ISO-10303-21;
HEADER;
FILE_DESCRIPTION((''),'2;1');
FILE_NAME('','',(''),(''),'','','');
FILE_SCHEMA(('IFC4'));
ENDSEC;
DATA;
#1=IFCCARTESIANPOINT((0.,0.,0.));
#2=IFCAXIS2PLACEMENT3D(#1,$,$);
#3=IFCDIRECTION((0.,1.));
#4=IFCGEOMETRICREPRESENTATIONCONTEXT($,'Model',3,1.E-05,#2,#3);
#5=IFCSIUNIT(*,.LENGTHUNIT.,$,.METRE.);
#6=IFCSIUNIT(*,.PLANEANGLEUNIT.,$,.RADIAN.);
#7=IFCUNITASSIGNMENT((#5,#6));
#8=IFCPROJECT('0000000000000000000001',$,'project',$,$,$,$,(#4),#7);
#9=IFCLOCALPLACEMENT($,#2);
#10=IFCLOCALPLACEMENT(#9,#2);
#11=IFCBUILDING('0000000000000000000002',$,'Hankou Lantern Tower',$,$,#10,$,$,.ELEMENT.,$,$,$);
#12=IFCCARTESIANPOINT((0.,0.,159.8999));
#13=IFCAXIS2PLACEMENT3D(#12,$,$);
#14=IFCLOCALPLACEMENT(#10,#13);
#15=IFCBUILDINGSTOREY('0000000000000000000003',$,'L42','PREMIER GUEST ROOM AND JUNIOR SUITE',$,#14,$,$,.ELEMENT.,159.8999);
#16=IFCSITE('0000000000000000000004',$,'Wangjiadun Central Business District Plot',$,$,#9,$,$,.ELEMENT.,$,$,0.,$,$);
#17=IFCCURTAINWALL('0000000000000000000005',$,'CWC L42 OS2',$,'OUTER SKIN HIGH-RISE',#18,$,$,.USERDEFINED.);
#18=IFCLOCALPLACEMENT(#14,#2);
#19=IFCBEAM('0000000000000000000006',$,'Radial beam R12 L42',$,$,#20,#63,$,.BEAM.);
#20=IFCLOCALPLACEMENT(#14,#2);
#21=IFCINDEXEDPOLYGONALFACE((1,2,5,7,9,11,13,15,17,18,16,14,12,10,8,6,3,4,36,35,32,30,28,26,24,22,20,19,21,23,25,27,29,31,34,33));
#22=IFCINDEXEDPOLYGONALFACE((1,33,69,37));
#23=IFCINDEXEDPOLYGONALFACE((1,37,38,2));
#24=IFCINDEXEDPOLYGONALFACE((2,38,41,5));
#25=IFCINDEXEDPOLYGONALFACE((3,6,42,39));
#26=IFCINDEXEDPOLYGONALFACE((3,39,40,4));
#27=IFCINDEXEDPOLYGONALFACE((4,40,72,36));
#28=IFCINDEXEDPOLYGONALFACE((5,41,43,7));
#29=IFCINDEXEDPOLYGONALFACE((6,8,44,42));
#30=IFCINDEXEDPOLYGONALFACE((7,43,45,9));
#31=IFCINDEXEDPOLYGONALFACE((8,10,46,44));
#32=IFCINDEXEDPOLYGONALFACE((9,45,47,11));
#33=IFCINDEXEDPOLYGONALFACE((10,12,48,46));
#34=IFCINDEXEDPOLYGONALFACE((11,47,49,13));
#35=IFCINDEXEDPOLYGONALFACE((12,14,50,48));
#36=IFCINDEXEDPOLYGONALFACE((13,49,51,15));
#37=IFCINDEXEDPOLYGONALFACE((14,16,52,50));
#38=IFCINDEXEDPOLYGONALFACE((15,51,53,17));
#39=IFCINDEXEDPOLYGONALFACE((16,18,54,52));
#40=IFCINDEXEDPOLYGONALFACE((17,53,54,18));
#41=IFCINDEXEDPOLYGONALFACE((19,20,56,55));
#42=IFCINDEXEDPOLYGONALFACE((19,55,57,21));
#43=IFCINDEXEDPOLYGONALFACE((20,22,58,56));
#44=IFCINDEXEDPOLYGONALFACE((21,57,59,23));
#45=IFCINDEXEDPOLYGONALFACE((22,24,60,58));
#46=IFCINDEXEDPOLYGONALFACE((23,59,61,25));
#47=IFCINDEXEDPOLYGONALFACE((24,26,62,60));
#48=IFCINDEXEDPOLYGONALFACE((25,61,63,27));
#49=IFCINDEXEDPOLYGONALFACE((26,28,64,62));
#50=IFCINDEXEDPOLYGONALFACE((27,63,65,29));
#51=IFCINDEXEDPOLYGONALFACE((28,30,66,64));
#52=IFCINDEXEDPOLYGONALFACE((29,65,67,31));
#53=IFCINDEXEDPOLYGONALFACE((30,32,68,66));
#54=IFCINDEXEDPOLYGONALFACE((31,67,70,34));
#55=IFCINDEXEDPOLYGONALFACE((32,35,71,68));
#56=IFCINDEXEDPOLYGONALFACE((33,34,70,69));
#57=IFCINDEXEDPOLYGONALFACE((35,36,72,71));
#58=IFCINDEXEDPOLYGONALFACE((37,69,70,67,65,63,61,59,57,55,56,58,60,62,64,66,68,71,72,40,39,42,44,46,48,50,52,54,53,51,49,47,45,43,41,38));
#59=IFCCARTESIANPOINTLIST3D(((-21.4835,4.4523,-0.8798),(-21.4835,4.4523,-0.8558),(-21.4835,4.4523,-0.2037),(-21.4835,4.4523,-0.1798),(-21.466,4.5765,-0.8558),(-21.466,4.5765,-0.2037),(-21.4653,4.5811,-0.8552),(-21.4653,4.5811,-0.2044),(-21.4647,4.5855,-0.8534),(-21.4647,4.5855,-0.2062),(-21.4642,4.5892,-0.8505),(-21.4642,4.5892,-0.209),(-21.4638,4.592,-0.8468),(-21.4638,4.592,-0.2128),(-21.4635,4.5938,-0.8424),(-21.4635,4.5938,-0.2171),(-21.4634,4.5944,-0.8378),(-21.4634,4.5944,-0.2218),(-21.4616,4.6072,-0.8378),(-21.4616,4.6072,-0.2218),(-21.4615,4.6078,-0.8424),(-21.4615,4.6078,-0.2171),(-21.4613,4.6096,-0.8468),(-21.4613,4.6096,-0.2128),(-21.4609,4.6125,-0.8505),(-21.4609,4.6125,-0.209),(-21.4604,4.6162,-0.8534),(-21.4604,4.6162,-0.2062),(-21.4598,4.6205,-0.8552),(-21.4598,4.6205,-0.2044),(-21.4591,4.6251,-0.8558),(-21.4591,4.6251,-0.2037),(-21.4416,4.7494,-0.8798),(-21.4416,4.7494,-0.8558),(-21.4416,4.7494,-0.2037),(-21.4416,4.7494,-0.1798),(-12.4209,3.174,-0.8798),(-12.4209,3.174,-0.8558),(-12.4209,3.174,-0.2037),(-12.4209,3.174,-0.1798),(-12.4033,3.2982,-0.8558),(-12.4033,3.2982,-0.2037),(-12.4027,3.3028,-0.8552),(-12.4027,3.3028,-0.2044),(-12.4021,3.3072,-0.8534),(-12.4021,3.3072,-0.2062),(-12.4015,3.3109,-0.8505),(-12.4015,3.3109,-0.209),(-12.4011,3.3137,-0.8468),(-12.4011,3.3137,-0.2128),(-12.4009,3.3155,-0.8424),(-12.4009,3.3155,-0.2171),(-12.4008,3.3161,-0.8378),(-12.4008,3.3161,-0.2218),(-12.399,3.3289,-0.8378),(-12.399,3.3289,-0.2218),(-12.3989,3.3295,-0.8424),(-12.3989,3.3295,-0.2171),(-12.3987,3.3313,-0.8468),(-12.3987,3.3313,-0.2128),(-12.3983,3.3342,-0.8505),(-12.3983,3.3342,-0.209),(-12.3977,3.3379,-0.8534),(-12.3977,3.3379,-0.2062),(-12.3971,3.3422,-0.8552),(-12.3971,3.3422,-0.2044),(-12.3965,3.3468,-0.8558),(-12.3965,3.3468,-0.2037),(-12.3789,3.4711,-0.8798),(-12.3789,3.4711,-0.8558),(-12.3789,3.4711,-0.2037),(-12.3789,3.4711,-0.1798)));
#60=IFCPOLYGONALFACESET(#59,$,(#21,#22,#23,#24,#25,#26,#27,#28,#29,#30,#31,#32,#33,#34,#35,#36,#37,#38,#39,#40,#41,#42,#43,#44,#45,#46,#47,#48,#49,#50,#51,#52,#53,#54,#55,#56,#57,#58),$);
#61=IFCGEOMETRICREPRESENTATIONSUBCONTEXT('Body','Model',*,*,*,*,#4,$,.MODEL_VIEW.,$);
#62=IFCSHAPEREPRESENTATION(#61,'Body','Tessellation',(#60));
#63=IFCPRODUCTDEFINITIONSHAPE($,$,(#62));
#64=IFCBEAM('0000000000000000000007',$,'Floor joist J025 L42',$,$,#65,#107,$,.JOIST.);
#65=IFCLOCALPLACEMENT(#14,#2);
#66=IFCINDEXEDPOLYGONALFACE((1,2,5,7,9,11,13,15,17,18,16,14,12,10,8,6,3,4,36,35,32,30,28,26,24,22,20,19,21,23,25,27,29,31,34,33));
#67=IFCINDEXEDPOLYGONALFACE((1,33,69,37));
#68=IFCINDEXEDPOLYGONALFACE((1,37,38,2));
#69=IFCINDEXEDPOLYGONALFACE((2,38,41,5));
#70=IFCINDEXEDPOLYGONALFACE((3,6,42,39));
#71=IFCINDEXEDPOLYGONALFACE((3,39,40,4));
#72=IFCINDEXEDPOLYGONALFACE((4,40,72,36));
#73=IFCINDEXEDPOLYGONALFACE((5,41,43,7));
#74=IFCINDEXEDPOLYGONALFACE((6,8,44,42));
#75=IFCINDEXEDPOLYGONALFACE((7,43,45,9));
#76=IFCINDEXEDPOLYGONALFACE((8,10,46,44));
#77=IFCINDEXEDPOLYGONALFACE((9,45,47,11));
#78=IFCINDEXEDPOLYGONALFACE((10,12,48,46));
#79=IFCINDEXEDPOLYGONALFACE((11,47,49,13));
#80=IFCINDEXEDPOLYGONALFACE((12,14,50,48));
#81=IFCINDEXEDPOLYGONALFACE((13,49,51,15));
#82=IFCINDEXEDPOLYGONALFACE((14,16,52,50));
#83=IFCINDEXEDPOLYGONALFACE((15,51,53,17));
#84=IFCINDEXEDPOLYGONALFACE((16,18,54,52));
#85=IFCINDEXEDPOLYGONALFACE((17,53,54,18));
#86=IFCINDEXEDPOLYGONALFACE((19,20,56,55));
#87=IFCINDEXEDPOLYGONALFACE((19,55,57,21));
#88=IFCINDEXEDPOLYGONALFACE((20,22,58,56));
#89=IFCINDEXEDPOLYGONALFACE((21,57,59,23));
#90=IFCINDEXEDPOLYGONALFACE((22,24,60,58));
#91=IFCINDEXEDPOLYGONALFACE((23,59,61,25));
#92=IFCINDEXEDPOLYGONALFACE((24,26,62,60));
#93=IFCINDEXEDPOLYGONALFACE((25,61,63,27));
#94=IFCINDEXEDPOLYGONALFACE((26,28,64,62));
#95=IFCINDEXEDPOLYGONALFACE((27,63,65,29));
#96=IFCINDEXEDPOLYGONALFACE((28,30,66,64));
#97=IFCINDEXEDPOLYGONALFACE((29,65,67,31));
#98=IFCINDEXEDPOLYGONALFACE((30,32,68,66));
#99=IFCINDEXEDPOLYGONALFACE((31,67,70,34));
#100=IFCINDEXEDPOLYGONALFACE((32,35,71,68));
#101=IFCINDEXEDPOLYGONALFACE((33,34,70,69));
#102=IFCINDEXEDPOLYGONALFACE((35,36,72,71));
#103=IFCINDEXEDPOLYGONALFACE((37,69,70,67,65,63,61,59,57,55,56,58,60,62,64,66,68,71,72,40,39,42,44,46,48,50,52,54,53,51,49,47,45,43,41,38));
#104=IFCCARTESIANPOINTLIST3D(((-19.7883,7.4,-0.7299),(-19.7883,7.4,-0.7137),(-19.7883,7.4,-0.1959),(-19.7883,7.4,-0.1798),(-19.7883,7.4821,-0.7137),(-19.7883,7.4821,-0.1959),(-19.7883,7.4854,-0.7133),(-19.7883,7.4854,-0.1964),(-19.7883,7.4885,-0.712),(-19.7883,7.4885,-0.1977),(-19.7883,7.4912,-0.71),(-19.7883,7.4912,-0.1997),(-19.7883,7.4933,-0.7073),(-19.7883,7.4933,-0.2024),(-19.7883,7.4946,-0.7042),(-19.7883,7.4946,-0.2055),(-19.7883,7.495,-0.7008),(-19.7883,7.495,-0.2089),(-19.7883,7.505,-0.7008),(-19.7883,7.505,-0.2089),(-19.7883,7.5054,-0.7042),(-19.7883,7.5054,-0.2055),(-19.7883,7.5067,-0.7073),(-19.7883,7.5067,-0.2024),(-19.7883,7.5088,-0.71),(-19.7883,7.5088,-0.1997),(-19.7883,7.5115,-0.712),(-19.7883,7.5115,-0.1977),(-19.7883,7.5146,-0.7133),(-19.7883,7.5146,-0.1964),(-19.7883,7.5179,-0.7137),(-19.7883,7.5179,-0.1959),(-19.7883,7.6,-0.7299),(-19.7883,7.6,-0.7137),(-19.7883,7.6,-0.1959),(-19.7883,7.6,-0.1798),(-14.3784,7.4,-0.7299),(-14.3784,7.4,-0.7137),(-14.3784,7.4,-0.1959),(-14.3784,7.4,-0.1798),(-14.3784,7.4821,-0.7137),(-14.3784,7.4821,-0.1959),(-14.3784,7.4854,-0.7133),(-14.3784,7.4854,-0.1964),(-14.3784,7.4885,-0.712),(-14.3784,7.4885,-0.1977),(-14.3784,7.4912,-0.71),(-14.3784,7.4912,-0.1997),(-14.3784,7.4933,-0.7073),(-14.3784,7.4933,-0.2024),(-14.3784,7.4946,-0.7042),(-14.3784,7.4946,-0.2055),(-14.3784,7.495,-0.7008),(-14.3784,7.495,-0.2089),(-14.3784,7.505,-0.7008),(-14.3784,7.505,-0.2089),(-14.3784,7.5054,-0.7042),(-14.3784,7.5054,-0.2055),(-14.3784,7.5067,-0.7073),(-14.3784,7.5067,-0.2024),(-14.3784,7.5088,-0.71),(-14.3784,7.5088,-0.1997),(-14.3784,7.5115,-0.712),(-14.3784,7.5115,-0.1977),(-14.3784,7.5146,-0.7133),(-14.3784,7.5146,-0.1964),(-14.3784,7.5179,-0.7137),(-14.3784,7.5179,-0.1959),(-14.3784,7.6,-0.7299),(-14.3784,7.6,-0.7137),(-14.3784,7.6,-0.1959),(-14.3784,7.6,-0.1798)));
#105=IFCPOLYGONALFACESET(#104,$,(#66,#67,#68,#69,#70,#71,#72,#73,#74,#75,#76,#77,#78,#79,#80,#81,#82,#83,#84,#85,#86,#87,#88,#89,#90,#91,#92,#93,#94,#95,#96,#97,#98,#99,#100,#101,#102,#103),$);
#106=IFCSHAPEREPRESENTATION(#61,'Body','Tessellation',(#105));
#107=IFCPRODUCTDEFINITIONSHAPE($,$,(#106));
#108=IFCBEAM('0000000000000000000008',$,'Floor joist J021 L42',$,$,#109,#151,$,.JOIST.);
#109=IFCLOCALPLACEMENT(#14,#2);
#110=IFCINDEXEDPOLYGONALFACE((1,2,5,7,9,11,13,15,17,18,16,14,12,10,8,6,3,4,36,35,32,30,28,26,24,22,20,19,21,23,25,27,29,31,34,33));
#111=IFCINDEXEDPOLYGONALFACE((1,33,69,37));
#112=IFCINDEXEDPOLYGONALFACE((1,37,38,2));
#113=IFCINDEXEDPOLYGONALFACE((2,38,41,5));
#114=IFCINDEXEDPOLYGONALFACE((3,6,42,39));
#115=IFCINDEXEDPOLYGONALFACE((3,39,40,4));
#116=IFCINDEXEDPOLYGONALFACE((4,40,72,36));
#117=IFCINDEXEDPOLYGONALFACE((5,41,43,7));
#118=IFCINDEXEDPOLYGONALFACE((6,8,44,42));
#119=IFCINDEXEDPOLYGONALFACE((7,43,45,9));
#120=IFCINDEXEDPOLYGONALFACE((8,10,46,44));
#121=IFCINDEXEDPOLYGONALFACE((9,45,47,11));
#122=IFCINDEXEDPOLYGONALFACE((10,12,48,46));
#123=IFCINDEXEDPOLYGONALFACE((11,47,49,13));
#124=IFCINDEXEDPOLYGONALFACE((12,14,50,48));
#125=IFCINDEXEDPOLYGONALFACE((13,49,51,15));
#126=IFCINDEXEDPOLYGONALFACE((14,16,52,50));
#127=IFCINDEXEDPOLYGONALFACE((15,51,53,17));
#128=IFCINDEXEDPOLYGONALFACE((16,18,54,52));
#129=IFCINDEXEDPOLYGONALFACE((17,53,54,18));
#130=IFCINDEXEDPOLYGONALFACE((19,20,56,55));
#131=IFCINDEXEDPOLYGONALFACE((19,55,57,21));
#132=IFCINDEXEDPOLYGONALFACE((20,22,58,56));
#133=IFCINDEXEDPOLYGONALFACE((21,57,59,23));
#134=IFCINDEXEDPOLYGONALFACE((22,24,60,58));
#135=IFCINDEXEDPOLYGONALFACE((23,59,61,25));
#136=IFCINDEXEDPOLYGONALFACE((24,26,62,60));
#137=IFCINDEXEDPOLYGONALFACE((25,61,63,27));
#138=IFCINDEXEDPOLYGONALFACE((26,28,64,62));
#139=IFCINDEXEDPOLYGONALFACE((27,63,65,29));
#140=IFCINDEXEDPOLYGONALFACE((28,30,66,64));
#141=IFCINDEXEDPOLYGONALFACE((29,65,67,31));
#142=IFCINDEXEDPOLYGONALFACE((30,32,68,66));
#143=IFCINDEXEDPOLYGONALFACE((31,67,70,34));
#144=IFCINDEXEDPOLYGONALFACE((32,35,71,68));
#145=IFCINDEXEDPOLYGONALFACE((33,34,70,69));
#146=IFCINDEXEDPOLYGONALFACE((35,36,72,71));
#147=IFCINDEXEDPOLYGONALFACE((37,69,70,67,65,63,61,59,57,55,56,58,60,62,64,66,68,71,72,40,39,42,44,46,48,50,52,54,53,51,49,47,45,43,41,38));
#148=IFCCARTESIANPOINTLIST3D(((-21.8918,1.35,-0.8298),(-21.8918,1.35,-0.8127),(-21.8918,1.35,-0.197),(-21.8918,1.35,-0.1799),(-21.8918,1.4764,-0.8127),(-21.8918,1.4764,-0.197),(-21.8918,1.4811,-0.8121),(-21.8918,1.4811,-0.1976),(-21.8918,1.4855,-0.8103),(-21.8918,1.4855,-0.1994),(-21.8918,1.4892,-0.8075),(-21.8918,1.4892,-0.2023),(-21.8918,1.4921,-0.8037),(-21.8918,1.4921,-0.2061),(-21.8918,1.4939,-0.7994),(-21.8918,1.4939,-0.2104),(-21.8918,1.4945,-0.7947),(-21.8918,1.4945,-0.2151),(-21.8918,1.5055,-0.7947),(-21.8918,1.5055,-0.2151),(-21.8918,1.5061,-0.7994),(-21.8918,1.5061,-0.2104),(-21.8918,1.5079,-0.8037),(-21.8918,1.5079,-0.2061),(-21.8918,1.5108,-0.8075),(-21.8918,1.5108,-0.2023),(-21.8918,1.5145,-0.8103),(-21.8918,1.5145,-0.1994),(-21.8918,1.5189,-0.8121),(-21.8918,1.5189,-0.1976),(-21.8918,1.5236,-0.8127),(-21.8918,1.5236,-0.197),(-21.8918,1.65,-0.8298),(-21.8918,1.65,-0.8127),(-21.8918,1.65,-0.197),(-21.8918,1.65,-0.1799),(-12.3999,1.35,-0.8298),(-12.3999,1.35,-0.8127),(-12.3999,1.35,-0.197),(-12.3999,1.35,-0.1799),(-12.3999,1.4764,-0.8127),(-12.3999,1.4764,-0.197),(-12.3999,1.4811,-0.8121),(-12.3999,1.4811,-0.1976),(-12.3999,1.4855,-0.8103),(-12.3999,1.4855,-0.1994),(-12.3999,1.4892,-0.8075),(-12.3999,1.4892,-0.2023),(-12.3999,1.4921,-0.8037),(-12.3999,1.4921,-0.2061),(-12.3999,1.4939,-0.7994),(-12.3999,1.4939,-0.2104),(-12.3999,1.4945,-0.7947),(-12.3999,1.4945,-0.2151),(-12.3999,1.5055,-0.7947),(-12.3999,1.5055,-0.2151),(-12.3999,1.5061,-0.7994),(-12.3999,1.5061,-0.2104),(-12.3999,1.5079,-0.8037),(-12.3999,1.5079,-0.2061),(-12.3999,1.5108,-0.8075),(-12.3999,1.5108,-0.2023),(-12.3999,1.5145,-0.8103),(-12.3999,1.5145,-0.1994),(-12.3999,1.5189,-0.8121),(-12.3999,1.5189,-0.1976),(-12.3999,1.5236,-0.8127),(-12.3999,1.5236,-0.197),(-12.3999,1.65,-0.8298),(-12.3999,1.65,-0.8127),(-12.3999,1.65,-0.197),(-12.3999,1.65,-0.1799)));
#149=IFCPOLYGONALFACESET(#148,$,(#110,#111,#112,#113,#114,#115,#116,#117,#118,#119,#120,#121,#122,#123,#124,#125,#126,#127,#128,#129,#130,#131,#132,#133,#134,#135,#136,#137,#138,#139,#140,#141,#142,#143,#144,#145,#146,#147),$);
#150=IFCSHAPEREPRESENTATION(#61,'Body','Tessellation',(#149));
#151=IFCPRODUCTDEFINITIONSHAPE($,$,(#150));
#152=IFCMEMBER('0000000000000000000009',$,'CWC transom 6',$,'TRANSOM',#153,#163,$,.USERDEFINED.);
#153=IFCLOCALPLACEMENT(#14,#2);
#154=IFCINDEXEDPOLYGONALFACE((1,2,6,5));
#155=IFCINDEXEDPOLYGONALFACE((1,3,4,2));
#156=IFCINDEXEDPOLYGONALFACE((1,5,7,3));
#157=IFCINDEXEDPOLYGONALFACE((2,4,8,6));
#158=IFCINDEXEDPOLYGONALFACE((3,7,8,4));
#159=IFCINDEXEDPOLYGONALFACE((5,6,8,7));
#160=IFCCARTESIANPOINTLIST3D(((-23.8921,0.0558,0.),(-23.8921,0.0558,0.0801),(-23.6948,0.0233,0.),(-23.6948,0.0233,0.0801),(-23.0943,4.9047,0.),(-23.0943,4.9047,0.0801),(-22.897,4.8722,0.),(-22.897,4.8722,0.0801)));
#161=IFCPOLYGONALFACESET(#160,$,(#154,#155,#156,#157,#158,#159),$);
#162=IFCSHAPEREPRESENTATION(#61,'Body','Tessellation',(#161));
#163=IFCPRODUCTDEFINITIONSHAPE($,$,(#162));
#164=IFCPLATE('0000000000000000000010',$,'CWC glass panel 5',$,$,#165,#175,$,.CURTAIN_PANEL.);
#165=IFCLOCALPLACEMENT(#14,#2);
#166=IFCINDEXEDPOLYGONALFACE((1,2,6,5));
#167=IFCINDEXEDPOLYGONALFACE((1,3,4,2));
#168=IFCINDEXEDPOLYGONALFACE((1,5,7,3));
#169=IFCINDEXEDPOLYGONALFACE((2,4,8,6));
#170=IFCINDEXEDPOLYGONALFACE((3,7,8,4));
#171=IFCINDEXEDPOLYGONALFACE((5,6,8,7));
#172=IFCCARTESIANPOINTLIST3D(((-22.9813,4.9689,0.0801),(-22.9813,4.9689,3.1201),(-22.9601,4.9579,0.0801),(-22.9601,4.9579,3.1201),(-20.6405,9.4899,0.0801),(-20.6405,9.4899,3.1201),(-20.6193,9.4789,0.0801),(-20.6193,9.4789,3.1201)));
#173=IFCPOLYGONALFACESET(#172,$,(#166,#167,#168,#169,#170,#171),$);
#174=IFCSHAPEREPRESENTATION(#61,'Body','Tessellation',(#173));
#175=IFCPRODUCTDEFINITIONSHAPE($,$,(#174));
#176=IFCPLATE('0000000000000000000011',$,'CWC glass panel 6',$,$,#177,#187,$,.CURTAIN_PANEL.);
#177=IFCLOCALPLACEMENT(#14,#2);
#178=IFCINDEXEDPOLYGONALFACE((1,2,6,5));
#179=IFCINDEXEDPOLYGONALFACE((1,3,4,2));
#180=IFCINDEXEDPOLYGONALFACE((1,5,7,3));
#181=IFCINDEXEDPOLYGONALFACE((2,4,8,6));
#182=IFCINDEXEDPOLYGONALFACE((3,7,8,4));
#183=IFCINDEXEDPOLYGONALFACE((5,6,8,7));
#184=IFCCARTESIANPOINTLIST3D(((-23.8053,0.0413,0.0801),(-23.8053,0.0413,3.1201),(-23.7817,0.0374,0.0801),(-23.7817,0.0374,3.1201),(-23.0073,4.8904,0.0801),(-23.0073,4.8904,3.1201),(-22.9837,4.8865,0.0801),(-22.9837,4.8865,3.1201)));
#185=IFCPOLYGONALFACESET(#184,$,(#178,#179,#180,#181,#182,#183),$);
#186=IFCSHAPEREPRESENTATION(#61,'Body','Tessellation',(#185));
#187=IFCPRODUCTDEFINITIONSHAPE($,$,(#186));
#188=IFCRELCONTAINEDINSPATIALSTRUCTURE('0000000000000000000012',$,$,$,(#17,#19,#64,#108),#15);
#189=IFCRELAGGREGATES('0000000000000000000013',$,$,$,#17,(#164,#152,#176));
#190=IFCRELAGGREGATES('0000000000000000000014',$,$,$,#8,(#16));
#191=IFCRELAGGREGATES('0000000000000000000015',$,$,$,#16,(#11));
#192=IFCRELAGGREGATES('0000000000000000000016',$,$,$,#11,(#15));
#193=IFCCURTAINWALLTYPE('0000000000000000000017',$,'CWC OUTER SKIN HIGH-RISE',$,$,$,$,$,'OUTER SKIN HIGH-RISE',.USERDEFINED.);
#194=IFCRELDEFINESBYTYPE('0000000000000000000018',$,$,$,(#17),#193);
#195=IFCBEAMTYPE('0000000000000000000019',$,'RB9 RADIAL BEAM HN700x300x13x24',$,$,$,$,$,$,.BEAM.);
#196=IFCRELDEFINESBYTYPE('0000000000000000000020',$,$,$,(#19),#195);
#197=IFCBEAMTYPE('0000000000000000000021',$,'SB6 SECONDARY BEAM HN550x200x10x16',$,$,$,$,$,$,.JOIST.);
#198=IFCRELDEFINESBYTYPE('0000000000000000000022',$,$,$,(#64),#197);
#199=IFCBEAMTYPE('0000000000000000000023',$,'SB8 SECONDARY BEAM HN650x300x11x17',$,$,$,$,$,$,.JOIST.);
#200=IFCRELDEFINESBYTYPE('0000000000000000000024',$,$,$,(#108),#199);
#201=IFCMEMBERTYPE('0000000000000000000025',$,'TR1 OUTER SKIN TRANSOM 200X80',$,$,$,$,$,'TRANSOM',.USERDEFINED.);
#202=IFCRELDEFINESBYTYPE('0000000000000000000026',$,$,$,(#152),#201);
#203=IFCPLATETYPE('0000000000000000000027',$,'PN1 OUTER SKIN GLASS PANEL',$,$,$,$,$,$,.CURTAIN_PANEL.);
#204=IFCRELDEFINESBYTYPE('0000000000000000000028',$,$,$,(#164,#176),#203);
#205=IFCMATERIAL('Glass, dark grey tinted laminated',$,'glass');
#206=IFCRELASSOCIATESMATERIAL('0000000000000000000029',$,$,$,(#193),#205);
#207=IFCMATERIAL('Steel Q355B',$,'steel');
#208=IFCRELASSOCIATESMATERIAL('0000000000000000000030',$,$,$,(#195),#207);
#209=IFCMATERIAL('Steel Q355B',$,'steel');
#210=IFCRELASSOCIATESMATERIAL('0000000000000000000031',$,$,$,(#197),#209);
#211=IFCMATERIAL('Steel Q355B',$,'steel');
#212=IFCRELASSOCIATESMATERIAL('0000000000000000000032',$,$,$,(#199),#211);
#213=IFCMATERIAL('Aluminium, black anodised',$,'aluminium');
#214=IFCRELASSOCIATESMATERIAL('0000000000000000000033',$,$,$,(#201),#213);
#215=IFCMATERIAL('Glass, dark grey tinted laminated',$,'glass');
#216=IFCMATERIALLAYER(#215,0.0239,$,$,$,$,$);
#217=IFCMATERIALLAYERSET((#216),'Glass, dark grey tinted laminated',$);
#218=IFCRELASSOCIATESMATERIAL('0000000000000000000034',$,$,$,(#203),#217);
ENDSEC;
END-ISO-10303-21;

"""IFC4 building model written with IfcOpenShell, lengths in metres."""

from ifc_helpers import new_model, si_unit, direction, frame, origin, origin_2d, place, context, subcontext, project, spatial, rectangle, i_section, extrude, material, layer, layer_set, material_profile, profile_set, type_object, element, aggregate, save


model = new_model("IFC4")

# Units and contexts
model_context = context("Model", 3, precision=1e-05, world=origin(), true_north=direction((0.0, 1.0)))
body_context = subcontext(model_context, "Body", "Model", "MODEL_VIEW")
ifc_project = project(units=[si_unit("LENGTHUNIT", "METRE"), si_unit("PLANEANGLEUNIT", "RADIAN")], contexts=[model_context])

# Site, building, storey
site_placement = place(None, origin())
site = spatial("IfcSite", under=ifc_project, at=site_placement, Name="Wangjiadun Central Business District Plot", CompositionType="ELEMENT", RefElevation=0.0)
building_placement = place(site_placement, origin())
building = spatial("IfcBuilding", under=site, at=building_placement, Name="Hankou Lantern Tower", CompositionType="ELEMENT")
storey_placement = place(building_placement, frame((0.0, 0.0, 159.8999)))
storey = spatial("IfcBuildingStorey", under=building, at=storey_placement, Name="L42", Description="PREMIER GUEST ROOM AND JUNIOR SUITE", CompositionType="ELEMENT", Elevation=159.8999)

# Curtain wall
ifc_material_1 = material(Name="Glass, dark grey tinted laminated", Category="glass")
curtain_wall_type = type_object("IfcCurtainWallType", Name="CWC OUTER SKIN HIGH-RISE", ElementType="OUTER SKIN HIGH-RISE", PredefinedType="USERDEFINED", material=ifc_material_1)
curtain_wall_placement = place(storey_placement, origin())
curtain_wall = element("IfcCurtainWall", 1, at=curtain_wall_placement, inside=storey, type_object=curtain_wall_type, Name="CWC L42 OS2", ObjectType="OUTER SKIN HIGH-RISE", PredefinedType="USERDEFINED")

# Beams
ifc_material_2 = material(Name="Steel Q355B", Category="steel")
ifc_material_profile_1 = material_profile(ifc_material_2, i_section(OverallWidth=0.3, OverallDepth=0.7, WebThickness=0.0129, FlangeThickness=0.0239, FilletRadius=0.0181, at=origin_2d()), Name="HN700x300x13x24")
ifc_profile_set_1 = profile_set([ifc_material_profile_1], Name="Steel Q355B")
beam_type_1 = type_object("IfcBeamType", Name="RB9 RADIAL BEAM HN700x300x13x24", PredefinedType="BEAM", material=ifc_profile_set_1)
beam_1_placement = place(storey_placement, frame((-12.3999, 3.3225, -0.5298), z_axis=(-0.990198, 0.13967, 0.0), x_axis=(-0.13967, -0.990198, 0.0)))
element("IfcBeam", 2, at=beam_1_placement, inside=storey, type_object=beam_type_1, Name="Radial beam R12 L42", PredefinedType="BEAM", context=body_context, shape_type="SweptSolid", body=[
    extrude(i_section(OverallWidth=0.3, OverallDepth=0.7, WebThickness=0.0129, FlangeThickness=0.0239, FilletRadius=0.0181, at=origin_2d()), origin(), (0.0, 0.0, 1.0), 9.1523),
])
ifc_material_3 = material(Name="Steel Q355B", Category="steel")
ifc_material_profile_2 = material_profile(ifc_material_3, i_section(OverallWidth=0.2, OverallDepth=0.55, WebThickness=0.01, FlangeThickness=0.0161, FilletRadius=0.0129, at=origin_2d()), Name="HN550x200x10x16")
ifc_profile_set_2 = profile_set([ifc_material_profile_2], Name="Steel Q355B")
beam_type_2 = type_object("IfcBeamType", Name="SB6 SECONDARY BEAM HN550x200x10x16", PredefinedType="JOIST", material=ifc_profile_set_2)
beam_2_placement = place(storey_placement, frame((-19.7883, 7.5, -0.4548), z_axis=(1.0, 0.0, 0.0), x_axis=(0.0, 1.0, 0.0)))
element("IfcBeam", 3, at=beam_2_placement, inside=storey, type_object=beam_type_2, Name="Floor joist J025 L42", PredefinedType="JOIST", context=body_context, shape_type="SweptSolid", body=[
    extrude(i_section(OverallWidth=0.2, OverallDepth=0.55, WebThickness=0.01, FlangeThickness=0.0161, FilletRadius=0.0129, at=origin_2d()), origin(), (0.0, 0.0, 1.0), 5.4099),
])
ifc_material_4 = material(Name="Steel Q355B", Category="steel")
ifc_material_profile_3 = material_profile(ifc_material_4, i_section(OverallWidth=0.3, OverallDepth=0.6499, WebThickness=0.011, FlangeThickness=0.0171, FilletRadius=0.0181, at=origin_2d()), Name="HN650x300x11x17")
ifc_profile_set_3 = profile_set([ifc_material_profile_3], Name="Steel Q355B")
beam_type_3 = type_object("IfcBeamType", Name="SB8 SECONDARY BEAM HN650x300x11x17", PredefinedType="JOIST", material=ifc_profile_set_3)
beam_3_placement = place(storey_placement, frame((-21.8918, 1.5, -0.5049), z_axis=(1.0, 0.0, 0.0), x_axis=(0.0, 1.0, 0.0)))
element("IfcBeam", 4, at=beam_3_placement, inside=storey, type_object=beam_type_3, Name="Floor joist J021 L42", PredefinedType="JOIST", context=body_context, shape_type="SweptSolid", body=[
    extrude(i_section(OverallWidth=0.3, OverallDepth=0.6499, WebThickness=0.011, FlangeThickness=0.0171, FilletRadius=0.0181, at=origin_2d()), origin(), (0.0, 0.0, 1.0), 9.4919),
])

# Member
ifc_material_5 = material(Name="Aluminium, black anodised", Category="aluminium")
ifc_material_profile_4 = material_profile(ifc_material_5, rectangle(XDim=0.2, YDim=0.0801, at=origin_2d()), Name="TR1 200X80")
ifc_profile_set_4 = profile_set([ifc_material_profile_4], Name="Aluminium, black anodised")
member_type_1 = type_object("IfcMemberType", Name="TR1 OUTER SKIN TRANSOM 200X80", ElementType="TRANSOM", PredefinedType="USERDEFINED", material=ifc_profile_set_4)
member_1_placement = place(storey_placement, frame((-22.9956, 4.8884, 0.04), z_axis=(-0.16236, -0.986732, 0.0), x_axis=(0.986732, -0.16236, 0.0)))
member_1 = element("IfcMember", 5, at=member_1_placement, type_object=member_type_1, Name="CWC transom 6", ObjectType="TRANSOM", PredefinedType="USERDEFINED", context=body_context, shape_type="SweptSolid", body=[
    extrude(rectangle(XDim=0.2, YDim=0.0801, at=origin_2d()), origin(), (0.0, 0.0, 1.0), 4.9141),
])

# Plates
ifc_material_6 = material(Name="Glass, dark grey tinted laminated", Category="glass")
ifc_layer_1 = layer(ifc_material_6, 0.0239)
ifc_layer_set_1 = layer_set([ifc_layer_1], Name="Glass, dark grey tinted laminated")
plate_type = type_object("IfcPlateType", Name="PN1 OUTER SKIN GLASS PANEL", PredefinedType="CURTAIN_PANEL", material=ifc_layer_set_1)
plate_1_placement = place(storey_placement, frame((-21.8003, 7.2239, 0.0801), z_axis=(0.0, 0.0, 1.0), x_axis=(-0.459791, -0.888027, 0.0)))
plate_1 = element("IfcPlate", 6, at=plate_1_placement, type_object=plate_type, Name="CWC glass panel 5", PredefinedType="CURTAIN_PANEL", context=body_context, shape_type="SweptSolid", body=[
    extrude(rectangle(XDim=5.0911, YDim=0.0239, at=origin_2d()), origin(), (0.0, 0.0, 1.0), 3.04),
])
plate_2_placement = place(storey_placement, frame((-23.3945, 2.4639, 0.0801), z_axis=(0.0, 0.0, 1.0), x_axis=(-0.162382, -0.986728, 0.0)))
plate_2 = element("IfcPlate", 7, at=plate_2_placement, type_object=plate_type, Name="CWC glass panel 6", PredefinedType="CURTAIN_PANEL", context=body_context, shape_type="SweptSolid", body=[
    extrude(rectangle(XDim=4.9143, YDim=0.0239, at=origin_2d()), origin(), (0.0, 0.0, 1.0), 3.04),
])
aggregate(curtain_wall, [plate_1, member_1, plate_2])

save(model, "model.ifc")
